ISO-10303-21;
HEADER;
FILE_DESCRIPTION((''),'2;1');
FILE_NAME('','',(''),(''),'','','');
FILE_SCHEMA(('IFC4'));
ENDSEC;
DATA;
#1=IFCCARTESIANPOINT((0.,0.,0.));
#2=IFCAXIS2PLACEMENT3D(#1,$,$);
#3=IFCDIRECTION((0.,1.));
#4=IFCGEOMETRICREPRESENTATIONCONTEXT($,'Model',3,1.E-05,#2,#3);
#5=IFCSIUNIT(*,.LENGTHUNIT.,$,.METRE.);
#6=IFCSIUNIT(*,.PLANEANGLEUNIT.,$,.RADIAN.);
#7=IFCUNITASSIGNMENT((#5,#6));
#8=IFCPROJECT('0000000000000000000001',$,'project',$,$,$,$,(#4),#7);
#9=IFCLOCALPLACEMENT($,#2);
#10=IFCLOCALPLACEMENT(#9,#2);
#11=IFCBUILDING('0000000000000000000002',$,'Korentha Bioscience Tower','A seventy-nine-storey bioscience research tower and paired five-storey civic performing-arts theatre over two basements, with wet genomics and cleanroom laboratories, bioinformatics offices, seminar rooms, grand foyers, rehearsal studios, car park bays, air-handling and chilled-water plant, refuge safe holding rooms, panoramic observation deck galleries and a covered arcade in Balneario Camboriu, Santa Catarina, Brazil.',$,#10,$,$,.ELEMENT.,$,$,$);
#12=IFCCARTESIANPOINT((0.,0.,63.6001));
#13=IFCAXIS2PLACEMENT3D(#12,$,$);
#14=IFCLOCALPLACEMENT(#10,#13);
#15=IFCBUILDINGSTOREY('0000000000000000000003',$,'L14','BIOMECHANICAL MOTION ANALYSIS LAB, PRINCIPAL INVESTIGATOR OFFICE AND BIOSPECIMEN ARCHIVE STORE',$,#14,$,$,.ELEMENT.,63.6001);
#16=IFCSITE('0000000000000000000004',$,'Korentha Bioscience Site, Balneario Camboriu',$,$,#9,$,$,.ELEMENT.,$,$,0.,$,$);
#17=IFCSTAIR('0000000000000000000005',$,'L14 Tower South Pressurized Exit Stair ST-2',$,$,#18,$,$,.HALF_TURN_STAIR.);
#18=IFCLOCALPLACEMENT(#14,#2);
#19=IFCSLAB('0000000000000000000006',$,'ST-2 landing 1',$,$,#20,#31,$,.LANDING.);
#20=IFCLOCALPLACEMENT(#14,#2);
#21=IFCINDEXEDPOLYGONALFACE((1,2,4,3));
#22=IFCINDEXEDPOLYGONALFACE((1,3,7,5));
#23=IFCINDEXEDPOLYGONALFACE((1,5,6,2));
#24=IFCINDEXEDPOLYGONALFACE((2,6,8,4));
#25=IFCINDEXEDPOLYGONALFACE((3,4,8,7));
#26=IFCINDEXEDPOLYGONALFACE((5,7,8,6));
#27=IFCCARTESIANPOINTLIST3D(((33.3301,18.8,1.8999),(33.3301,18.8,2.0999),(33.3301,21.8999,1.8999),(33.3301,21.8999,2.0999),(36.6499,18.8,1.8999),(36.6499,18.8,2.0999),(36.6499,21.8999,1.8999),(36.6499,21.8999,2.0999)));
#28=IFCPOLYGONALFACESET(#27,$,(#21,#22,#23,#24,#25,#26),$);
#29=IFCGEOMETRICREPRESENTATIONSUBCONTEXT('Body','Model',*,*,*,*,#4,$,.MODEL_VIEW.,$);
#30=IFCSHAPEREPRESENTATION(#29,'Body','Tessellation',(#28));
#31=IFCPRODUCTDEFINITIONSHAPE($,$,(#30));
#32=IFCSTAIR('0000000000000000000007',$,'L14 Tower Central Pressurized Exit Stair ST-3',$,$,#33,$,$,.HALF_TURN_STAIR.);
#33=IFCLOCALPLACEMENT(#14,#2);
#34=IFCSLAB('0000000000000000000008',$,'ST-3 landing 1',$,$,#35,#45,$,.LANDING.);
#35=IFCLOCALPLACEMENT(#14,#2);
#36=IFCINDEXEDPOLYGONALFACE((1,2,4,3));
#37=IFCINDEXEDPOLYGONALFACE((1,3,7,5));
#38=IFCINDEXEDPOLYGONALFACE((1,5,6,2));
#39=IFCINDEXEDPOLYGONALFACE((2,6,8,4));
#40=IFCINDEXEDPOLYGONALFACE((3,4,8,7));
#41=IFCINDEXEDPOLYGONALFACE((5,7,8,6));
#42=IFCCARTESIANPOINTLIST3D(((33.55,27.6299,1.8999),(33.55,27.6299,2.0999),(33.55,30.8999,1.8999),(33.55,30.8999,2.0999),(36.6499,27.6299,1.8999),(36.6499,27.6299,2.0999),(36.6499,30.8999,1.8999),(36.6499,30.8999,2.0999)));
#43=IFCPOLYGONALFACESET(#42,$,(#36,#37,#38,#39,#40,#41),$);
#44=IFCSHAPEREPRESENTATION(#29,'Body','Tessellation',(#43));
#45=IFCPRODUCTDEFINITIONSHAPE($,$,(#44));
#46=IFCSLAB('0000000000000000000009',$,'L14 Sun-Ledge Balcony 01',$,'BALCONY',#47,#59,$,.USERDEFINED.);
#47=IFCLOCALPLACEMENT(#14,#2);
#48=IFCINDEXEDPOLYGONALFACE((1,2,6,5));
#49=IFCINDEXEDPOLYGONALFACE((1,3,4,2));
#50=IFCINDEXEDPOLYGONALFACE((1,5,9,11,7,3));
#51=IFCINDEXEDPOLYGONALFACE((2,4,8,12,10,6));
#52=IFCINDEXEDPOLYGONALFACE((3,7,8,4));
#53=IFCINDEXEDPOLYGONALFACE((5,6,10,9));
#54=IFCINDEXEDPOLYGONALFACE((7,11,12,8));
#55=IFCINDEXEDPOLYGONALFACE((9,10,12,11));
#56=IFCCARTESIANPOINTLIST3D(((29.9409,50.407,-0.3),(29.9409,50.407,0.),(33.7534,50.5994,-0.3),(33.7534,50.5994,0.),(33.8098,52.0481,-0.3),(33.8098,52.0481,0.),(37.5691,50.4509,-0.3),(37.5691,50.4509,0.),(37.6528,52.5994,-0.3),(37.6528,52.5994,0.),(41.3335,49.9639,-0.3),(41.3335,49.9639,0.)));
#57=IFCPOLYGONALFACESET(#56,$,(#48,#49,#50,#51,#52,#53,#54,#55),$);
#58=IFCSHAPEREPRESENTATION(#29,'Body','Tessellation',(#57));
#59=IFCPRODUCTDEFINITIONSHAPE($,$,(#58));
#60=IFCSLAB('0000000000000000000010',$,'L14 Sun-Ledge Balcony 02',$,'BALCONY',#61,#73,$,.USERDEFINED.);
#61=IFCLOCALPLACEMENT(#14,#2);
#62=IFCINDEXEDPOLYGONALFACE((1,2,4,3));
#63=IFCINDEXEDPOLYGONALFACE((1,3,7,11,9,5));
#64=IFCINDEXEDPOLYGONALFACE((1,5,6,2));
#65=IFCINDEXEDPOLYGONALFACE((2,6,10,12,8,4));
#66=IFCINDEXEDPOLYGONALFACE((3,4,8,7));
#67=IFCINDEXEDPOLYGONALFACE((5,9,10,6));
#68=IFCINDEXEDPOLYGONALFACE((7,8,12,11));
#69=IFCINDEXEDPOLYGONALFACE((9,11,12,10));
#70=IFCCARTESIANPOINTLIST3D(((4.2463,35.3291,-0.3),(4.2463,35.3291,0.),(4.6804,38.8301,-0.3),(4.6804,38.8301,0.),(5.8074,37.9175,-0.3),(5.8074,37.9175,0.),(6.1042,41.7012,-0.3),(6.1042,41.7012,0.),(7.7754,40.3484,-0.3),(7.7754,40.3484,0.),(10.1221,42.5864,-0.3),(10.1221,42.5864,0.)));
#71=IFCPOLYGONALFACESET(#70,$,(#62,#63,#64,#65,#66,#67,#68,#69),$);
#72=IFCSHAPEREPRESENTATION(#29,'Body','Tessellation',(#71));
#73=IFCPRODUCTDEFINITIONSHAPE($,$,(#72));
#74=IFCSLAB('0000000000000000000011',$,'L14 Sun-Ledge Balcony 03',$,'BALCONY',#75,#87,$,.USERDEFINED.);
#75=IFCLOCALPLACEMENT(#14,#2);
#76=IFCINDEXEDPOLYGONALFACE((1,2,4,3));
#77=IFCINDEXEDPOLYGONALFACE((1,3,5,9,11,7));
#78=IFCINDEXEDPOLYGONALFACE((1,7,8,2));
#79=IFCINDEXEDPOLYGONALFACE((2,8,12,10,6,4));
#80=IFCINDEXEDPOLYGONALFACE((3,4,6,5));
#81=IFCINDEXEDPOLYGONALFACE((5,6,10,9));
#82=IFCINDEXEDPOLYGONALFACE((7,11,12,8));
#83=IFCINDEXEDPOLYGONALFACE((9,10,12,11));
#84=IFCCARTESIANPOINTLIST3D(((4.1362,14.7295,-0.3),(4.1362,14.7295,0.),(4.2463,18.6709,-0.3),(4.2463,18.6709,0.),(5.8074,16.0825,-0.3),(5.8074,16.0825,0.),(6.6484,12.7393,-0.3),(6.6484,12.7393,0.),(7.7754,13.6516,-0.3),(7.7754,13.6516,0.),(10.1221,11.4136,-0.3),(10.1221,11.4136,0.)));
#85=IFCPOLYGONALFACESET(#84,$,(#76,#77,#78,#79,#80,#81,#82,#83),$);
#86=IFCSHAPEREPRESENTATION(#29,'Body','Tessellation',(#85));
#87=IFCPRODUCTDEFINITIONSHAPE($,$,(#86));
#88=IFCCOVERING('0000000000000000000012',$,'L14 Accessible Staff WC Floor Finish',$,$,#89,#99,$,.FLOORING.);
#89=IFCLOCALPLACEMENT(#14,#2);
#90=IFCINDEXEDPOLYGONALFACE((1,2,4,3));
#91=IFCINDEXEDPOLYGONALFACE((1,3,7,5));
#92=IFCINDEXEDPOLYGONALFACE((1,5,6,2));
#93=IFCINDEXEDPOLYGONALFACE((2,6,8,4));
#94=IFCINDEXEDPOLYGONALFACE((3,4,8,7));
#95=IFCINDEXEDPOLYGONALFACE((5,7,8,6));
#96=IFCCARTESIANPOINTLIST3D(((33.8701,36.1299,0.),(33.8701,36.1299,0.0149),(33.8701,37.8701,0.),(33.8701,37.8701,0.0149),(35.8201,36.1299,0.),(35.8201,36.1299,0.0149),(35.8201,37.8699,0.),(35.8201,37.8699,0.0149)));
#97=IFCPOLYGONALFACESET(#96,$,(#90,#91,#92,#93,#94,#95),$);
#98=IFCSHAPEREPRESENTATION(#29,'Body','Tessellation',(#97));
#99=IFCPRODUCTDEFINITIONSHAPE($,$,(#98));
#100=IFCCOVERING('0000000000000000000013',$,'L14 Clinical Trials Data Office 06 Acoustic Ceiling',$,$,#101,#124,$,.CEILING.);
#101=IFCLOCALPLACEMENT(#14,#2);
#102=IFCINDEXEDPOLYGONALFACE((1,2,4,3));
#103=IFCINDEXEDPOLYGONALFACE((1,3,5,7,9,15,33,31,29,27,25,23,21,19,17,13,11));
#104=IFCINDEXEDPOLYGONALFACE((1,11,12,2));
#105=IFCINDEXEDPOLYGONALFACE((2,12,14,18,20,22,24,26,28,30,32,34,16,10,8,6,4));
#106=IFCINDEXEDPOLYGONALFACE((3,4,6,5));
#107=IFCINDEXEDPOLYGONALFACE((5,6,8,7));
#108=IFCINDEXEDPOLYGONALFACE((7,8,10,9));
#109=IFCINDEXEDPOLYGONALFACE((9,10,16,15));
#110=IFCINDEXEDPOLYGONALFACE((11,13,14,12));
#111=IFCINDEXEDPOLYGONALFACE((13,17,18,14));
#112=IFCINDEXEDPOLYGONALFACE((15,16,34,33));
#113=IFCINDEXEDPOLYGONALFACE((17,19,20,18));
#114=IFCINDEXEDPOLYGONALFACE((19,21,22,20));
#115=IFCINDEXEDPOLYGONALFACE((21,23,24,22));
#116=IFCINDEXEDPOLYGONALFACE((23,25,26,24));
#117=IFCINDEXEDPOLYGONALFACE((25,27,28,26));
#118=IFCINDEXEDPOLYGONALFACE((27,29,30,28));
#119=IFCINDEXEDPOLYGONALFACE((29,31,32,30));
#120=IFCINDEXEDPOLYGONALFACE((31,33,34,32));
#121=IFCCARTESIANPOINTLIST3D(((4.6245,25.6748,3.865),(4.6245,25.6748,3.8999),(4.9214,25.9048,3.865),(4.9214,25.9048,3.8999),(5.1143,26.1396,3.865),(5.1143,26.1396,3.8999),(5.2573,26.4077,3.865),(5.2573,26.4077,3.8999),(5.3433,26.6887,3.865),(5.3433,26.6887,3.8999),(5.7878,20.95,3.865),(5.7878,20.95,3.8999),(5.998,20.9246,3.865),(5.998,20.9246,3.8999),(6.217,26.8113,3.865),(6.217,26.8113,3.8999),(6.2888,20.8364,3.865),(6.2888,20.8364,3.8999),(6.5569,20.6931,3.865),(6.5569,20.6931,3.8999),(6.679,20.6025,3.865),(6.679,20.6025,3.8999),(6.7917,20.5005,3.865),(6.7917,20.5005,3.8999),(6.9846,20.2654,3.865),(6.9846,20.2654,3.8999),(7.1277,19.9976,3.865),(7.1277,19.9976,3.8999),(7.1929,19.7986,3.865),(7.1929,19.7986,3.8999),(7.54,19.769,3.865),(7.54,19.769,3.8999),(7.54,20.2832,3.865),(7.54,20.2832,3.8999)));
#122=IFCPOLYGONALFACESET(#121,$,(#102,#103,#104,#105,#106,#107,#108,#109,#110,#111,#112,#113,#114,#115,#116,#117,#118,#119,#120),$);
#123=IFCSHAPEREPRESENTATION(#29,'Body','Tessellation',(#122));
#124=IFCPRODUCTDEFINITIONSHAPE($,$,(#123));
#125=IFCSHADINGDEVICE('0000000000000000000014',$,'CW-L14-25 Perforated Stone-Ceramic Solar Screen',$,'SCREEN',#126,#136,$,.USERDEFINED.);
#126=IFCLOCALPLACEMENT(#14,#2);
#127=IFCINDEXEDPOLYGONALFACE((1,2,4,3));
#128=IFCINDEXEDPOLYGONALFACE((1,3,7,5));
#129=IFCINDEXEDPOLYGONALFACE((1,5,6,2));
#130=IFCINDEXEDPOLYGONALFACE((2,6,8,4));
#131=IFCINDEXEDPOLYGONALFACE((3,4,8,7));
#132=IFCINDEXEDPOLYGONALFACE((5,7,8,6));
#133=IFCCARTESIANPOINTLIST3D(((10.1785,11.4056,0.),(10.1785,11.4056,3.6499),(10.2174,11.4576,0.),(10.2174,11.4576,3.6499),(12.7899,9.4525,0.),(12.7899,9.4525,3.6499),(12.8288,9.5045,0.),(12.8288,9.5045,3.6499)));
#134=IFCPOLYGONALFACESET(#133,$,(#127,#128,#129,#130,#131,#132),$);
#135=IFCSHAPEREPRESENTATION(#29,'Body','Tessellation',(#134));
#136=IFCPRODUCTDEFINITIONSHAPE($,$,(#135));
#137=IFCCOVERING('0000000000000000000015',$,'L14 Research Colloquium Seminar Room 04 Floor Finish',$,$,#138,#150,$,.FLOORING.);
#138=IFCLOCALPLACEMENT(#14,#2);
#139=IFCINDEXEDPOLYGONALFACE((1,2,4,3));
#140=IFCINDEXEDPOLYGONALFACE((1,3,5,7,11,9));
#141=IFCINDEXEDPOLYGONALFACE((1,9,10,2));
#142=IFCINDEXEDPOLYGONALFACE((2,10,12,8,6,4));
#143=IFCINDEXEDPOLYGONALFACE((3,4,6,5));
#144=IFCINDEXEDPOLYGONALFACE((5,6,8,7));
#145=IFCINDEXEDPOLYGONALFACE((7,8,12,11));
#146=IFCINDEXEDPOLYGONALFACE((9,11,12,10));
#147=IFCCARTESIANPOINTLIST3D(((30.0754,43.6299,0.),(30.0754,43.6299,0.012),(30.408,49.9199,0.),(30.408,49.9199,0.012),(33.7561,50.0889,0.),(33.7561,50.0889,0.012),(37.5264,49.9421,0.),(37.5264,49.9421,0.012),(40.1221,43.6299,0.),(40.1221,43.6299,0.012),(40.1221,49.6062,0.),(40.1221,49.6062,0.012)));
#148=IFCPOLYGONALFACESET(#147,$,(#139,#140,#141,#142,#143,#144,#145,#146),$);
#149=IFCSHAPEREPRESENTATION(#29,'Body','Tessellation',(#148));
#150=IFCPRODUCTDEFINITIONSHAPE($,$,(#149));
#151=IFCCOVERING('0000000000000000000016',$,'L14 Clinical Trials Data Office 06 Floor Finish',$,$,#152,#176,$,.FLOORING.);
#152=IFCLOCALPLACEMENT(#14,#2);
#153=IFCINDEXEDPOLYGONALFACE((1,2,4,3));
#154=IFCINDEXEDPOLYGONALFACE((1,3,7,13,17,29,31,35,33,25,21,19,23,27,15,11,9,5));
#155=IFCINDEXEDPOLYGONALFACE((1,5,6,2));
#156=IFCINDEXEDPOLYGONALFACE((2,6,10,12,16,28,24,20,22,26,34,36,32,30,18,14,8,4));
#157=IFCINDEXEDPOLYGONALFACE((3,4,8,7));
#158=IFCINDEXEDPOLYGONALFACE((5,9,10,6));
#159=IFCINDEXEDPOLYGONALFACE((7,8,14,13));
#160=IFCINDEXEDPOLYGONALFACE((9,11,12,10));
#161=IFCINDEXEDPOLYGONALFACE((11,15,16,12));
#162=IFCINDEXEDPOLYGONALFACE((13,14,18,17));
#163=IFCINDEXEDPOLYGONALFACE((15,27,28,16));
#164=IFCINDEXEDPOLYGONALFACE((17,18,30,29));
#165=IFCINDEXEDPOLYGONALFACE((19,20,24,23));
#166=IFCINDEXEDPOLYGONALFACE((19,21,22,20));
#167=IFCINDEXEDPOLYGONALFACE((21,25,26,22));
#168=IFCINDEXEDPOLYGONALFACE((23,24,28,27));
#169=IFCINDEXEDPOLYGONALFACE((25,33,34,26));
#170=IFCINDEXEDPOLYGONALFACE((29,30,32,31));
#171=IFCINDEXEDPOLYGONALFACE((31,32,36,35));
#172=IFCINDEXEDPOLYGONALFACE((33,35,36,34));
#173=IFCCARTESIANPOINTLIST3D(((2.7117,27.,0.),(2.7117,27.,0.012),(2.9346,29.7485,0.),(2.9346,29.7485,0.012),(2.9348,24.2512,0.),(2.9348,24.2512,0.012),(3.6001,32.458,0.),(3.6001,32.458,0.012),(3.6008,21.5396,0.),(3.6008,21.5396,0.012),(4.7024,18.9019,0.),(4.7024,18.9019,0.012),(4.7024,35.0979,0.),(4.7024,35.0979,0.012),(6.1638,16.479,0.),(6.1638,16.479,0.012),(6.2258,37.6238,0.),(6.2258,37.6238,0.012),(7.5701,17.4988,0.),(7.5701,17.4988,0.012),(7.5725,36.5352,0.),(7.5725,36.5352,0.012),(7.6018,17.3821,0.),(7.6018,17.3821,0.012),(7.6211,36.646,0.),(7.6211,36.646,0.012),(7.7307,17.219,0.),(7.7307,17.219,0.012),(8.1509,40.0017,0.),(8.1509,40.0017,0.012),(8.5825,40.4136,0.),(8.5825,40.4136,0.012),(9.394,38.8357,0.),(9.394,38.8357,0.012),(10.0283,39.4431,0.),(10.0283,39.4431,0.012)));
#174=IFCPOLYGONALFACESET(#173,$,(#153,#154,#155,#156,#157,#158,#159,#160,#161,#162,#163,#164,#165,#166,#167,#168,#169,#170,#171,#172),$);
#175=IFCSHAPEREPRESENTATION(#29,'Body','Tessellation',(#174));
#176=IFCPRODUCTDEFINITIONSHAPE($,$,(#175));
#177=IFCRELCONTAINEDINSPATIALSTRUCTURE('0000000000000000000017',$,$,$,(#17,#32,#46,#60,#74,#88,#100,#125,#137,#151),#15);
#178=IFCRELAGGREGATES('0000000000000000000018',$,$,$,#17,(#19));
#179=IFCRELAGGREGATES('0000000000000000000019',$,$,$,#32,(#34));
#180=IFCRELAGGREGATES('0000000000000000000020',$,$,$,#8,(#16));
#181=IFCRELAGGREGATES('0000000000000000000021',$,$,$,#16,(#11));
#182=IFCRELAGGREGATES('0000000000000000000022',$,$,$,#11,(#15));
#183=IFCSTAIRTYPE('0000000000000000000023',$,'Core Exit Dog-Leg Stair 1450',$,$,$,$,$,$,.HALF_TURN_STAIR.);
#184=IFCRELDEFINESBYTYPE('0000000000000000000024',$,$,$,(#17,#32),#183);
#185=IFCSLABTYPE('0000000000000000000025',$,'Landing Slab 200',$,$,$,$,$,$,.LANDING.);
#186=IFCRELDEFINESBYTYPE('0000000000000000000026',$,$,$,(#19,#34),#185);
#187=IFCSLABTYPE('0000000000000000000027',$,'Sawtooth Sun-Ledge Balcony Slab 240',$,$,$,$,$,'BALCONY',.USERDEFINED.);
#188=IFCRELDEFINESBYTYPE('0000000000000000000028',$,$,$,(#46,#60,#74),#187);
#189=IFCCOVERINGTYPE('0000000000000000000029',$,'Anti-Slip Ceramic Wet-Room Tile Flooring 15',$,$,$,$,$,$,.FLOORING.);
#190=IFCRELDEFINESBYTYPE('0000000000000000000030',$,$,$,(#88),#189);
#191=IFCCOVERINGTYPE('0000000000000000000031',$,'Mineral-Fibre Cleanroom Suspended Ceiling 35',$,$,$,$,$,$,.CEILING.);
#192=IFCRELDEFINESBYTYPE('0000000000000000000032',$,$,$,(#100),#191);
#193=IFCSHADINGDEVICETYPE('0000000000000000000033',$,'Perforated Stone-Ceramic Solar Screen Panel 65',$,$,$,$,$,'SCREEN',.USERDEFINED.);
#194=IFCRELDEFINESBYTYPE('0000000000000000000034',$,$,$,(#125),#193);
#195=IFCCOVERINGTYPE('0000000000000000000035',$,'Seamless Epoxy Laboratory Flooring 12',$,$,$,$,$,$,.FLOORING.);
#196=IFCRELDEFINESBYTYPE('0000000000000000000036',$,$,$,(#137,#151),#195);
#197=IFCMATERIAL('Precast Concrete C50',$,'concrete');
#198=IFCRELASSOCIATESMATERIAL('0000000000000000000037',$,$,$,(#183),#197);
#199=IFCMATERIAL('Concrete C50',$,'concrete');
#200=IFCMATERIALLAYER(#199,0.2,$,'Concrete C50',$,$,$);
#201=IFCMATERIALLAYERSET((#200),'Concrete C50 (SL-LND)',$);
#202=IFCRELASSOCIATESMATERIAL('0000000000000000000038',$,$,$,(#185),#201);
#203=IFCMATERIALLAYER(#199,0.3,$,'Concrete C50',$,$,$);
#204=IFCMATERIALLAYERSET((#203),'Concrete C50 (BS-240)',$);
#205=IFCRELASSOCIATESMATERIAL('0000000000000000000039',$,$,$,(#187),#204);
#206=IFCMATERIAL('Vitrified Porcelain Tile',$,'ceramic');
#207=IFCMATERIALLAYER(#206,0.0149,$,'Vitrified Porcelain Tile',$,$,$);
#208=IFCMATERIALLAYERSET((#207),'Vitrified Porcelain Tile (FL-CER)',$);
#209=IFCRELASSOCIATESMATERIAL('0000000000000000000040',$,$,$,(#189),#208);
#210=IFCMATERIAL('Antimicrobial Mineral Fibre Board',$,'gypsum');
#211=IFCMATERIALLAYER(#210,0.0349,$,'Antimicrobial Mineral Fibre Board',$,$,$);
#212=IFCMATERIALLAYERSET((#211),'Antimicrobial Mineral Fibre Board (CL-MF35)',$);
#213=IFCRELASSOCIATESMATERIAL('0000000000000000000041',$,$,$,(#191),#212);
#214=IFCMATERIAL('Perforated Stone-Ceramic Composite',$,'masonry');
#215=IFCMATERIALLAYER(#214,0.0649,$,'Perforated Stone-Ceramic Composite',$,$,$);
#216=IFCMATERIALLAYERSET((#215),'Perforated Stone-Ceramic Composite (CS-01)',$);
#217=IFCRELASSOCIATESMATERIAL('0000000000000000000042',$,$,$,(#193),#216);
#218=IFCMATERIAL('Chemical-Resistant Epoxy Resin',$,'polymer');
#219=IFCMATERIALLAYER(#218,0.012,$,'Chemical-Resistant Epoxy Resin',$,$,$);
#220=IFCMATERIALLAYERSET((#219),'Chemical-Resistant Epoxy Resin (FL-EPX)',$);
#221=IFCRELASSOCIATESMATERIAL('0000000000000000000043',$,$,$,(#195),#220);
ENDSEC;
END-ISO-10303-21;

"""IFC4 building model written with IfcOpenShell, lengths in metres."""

from ifc_helpers import new_model, si_unit, direction, frame, origin, origin_2d, place, context, subcontext, project, spatial, polyline, rectangle, outline, extrude, material, layer, layer_set, type_object, element, aggregate, save


model = new_model("IFC4")

# Units and contexts
model_context = context("Model", 3, precision=1e-05, world=origin(), true_north=direction((0.0, 1.0)))
body_context = subcontext(model_context, "Body", "Model", "MODEL_VIEW")
ifc_project = project(units=[si_unit("LENGTHUNIT", "METRE"), si_unit("PLANEANGLEUNIT", "RADIAN")], contexts=[model_context])

# Site, building, storey
site_placement = place(None, origin())
site = spatial("IfcSite", under=ifc_project, at=site_placement, Name="Korentha Bioscience Site, Balneario Camboriu", CompositionType="ELEMENT", RefElevation=0.0)
building_placement = place(site_placement, origin())
building = spatial("IfcBuilding", under=site, at=building_placement, Name="Korentha Bioscience Tower", Description="A seventy-nine-storey bioscience research tower and paired five-storey civic performing-arts theatre over two basements, with wet genomics and cleanroom laboratories, bioinformatics offices, seminar rooms, grand foyers, rehearsal studios, car park bays, air-handling and chilled-water plant, refuge safe holding rooms, panoramic observation deck galleries and a covered arcade in Balneario Camboriu, Santa Catarina, Brazil.", CompositionType="ELEMENT")
storey_placement = place(building_placement, frame((0.0, 0.0, 63.6001)))
storey = spatial("IfcBuildingStorey", under=building, at=storey_placement, Name="L14", Description="BIOMECHANICAL MOTION ANALYSIS LAB, PRINCIPAL INVESTIGATOR OFFICE AND BIOSPECIMEN ARCHIVE STORE", CompositionType="ELEMENT", Elevation=63.6001)

# Shared definitions
ifc_material_1 = material(Name="Concrete C50", Category="concrete")

# Stairs, slabs
ifc_material_2 = material(Name="Precast Concrete C50", Category="concrete")
stair_type = type_object("IfcStairType", Name="Core Exit Dog-Leg Stair 1450", PredefinedType="HALF_TURN_STAIR", material=ifc_material_2)
ifc_layer_1 = layer(ifc_material_1, 0.2, Name="Concrete C50")
ifc_layer_set_1 = layer_set([ifc_layer_1], Name="Concrete C50 (SL-LND)")
slab_type_1 = type_object("IfcSlabType", Name="Landing Slab 200", PredefinedType="LANDING", material=ifc_layer_set_1)
stair_1_placement = place(storey_placement, origin())
stair_1 = element("IfcStair", 1, at=stair_1_placement, inside=storey, type_object=stair_type, Name="L14 Tower South Pressurized Exit Stair ST-2", PredefinedType="HALF_TURN_STAIR")
slab_1_placement = place(storey_placement, frame((0.0, 0.0, 1.8999)))
slab_1 = element("IfcSlab", 2, at=slab_1_placement, type_object=slab_type_1, Name="ST-2 landing 1", PredefinedType="LANDING", context=body_context, shape_type="SweptSolid", body=[
    extrude(outline(polyline([(33.3301, 18.8), (36.6499, 18.8), (36.6499, 21.8999), (33.3301, 21.8999), (33.3301, 18.8)])), origin(), (0.0, 0.0, 1.0), 0.2),
])
aggregate(stair_1, [slab_1])
stair_2_placement = place(storey_placement, origin())
stair_2 = element("IfcStair", 3, at=stair_2_placement, inside=storey, type_object=stair_type, Name="L14 Tower Central Pressurized Exit Stair ST-3", PredefinedType="HALF_TURN_STAIR")
slab_2_placement = place(storey_placement, frame((0.0, 0.0, 1.8999)))
slab_2 = element("IfcSlab", 4, at=slab_2_placement, type_object=slab_type_1, Name="ST-3 landing 1", PredefinedType="LANDING", context=body_context, shape_type="SweptSolid", body=[
    extrude(outline(polyline([(36.6499, 27.6299), (36.6499, 30.8999), (33.55, 30.8999), (33.55, 27.6299), (36.6499, 27.6299)])), origin(), (0.0, 0.0, 1.0), 0.2),
])
aggregate(stair_2, [slab_2])

# Slabs
ifc_layer_2 = layer(ifc_material_1, 0.3, Name="Concrete C50")
ifc_layer_set_2 = layer_set([ifc_layer_2], Name="Concrete C50 (BS-240)")
slab_type_2 = type_object("IfcSlabType", Name="Sawtooth Sun-Ledge Balcony Slab 240", ElementType="BALCONY", PredefinedType="USERDEFINED", material=ifc_layer_set_2)
slab_3_placement = place(storey_placement, frame((0.0, 0.0, -0.3)))
element("IfcSlab", 5, at=slab_3_placement, inside=storey, type_object=slab_type_2, Name="L14 Sun-Ledge Balcony 01", ObjectType="BALCONY", PredefinedType="USERDEFINED", context=body_context, shape_type="SweptSolid", body=[
    extrude(outline(polyline([(29.9409, 50.407), (33.7534, 50.5994), (37.5691, 50.4509), (41.3335, 49.9639), (37.6528, 52.5994), (33.8098, 52.0481), (29.9409, 50.407)])), origin(), (0.0, 0.0, 1.0), 0.3),
])
slab_4_placement = place(storey_placement, frame((0.0, 0.0, -0.3)))
element("IfcSlab", 6, at=slab_4_placement, inside=storey, type_object=slab_type_2, Name="L14 Sun-Ledge Balcony 02", ObjectType="BALCONY", PredefinedType="USERDEFINED", context=body_context, shape_type="SweptSolid", body=[
    extrude(outline(polyline([(4.2463, 35.3291), (5.8074, 37.9175), (7.7754, 40.3484), (10.1221, 42.5864), (6.1042, 41.7012), (4.6804, 38.8301), (4.2463, 35.3291)])), origin(), (0.0, 0.0, 1.0), 0.3),
])
slab_5_placement = place(storey_placement, frame((0.0, 0.0, -0.3)))
element("IfcSlab", 7, at=slab_5_placement, inside=storey, type_object=slab_type_2, Name="L14 Sun-Ledge Balcony 03", ObjectType="BALCONY", PredefinedType="USERDEFINED", context=body_context, shape_type="SweptSolid", body=[
    extrude(outline(polyline([(10.1221, 11.4136), (7.7754, 13.6516), (5.8074, 16.0825), (4.2463, 18.6709), (4.1362, 14.7295), (6.6484, 12.7393), (10.1221, 11.4136)])), origin(), (0.0, 0.0, 1.0), 0.3),
])

# Coverings
ifc_material_3 = material(Name="Vitrified Porcelain Tile", Category="ceramic")
ifc_layer_3 = layer(ifc_material_3, 0.0149, Name="Vitrified Porcelain Tile")
ifc_layer_set_3 = layer_set([ifc_layer_3], Name="Vitrified Porcelain Tile (FL-CER)")
covering_type_1 = type_object("IfcCoveringType", Name="Anti-Slip Ceramic Wet-Room Tile Flooring 15", PredefinedType="FLOORING", material=ifc_layer_set_3)
covering_1_placement = place(storey_placement, origin())
element("IfcCovering", 8, at=covering_1_placement, inside=storey, type_object=covering_type_1, Name="L14 Accessible Staff WC Floor Finish", PredefinedType="FLOORING", context=body_context, shape_type="SweptSolid", body=[
    extrude(outline(polyline([(33.8701, 37.8701), (35.8201, 37.8699), (35.8201, 36.1299), (33.8701, 36.1299), (33.8701, 37.8701)])), origin(), (0.0, 0.0, 1.0), 0.0149),
])
ifc_material_4 = material(Name="Antimicrobial Mineral Fibre Board", Category="gypsum")
ifc_layer_4 = layer(ifc_material_4, 0.0349, Name="Antimicrobial Mineral Fibre Board")
ifc_layer_set_4 = layer_set([ifc_layer_4], Name="Antimicrobial Mineral Fibre Board (CL-MF35)")
covering_type_2 = type_object("IfcCoveringType", Name="Mineral-Fibre Cleanroom Suspended Ceiling 35", PredefinedType="CEILING", material=ifc_layer_set_4)
covering_2_placement = place(storey_placement, frame((0.0, 0.0, 3.865)))
element("IfcCovering", 9, at=covering_2_placement, inside=storey, type_object=covering_type_2, Name="L14 Clinical Trials Data Office 06 Acoustic Ceiling", PredefinedType="CEILING", context=body_context, shape_type="SweptSolid", body=[
    extrude(outline(polyline([(7.1929, 19.7986), (7.1277, 19.9976), (6.9846, 20.2654), (6.7917, 20.5005), (6.679, 20.6025), (6.5569, 20.6931), (6.2888, 20.8364), (5.998, 20.9246), (5.7878, 20.95), (4.6245, 25.6748), (4.9214, 25.9048), (5.1143, 26.1396), (5.2573, 26.4077), (5.3433, 26.6887), (6.217, 26.8113), (7.54, 20.2832), (7.54, 19.769), (7.1929, 19.7986)])), origin(), (0.0, 0.0, 1.0), 0.0349),
])

# Shading device
ifc_material_5 = material(Name="Perforated Stone-Ceramic Composite", Category="masonry")
ifc_layer_5 = layer(ifc_material_5, 0.0649, Name="Perforated Stone-Ceramic Composite")
ifc_layer_set_5 = layer_set([ifc_layer_5], Name="Perforated Stone-Ceramic Composite (CS-01)")
shading_device_type_1 = type_object("IfcShadingDeviceType", Name="Perforated Stone-Ceramic Solar Screen Panel 65", ElementType="SCREEN", PredefinedType="USERDEFINED", material=ifc_layer_set_5)
shading_device_1_placement = place(storey_placement, frame((11.5037, 10.4551, 0.0), z_axis=(0.0, 0.0, 1.0), x_axis=(0.800798, -0.598935, 0.0)))
element("IfcShadingDevice", 10, at=shading_device_1_placement, inside=storey, type_object=shading_device_type_1, Name="CW-L14-25 Perforated Stone-Ceramic Solar Screen", ObjectType="SCREEN", PredefinedType="USERDEFINED", context=body_context, shape_type="SweptSolid", body=[
    extrude(rectangle(XDim=3.261, YDim=0.0649, at=origin_2d()), origin(), (0.0, 0.0, 1.0), 3.6499),
])

# Coverings
ifc_material_6 = material(Name="Chemical-Resistant Epoxy Resin", Category="polymer")
ifc_layer_6 = layer(ifc_material_6, 0.012, Name="Chemical-Resistant Epoxy Resin")
ifc_layer_set_6 = layer_set([ifc_layer_6], Name="Chemical-Resistant Epoxy Resin (FL-EPX)")
covering_type_3 = type_object("IfcCoveringType", Name="Seamless Epoxy Laboratory Flooring 12", PredefinedType="FLOORING", material=ifc_layer_set_6)
covering_3_placement = place(storey_placement, origin())
element("IfcCovering", 11, at=covering_3_placement, inside=storey, type_object=covering_type_3, Name="L14 Research Colloquium Seminar Room 04 Floor Finish", PredefinedType="FLOORING", context=body_context, shape_type="SweptSolid", body=[
    extrude(outline(polyline([(33.7561, 50.0889), (37.5264, 49.9421), (40.1221, 49.6062), (40.1221, 43.6299), (30.0754, 43.6299), (30.408, 49.9199), (33.7561, 50.0889)])), origin(), (0.0, 0.0, 1.0), 0.012),
])
covering_4_placement = place(storey_placement, origin())
element("IfcCovering", 12, at=covering_4_placement, inside=storey, type_object=covering_type_3, Name="L14 Clinical Trials Data Office 06 Floor Finish", PredefinedType="FLOORING", context=body_context, shape_type="SweptSolid", body=[
    extrude(outline(polyline([(2.9346, 29.7485), (3.6001, 32.458), (4.7024, 35.0979), (6.2258, 37.6238), (8.1509, 40.0017), (8.5825, 40.4136), (10.0283, 39.4431), (9.394, 38.8357), (7.6211, 36.646), (7.5725, 36.5352), (7.5701, 17.4988), (7.6018, 17.3821), (7.7307, 17.219), (6.1638, 16.479), (4.7024, 18.9019), (3.6008, 21.5396), (2.9348, 24.2512), (2.7117, 27.0), (2.9346, 29.7485)])), origin(), (0.0, 0.0, 1.0), 0.012),
])

save(model, "model.ifc")
